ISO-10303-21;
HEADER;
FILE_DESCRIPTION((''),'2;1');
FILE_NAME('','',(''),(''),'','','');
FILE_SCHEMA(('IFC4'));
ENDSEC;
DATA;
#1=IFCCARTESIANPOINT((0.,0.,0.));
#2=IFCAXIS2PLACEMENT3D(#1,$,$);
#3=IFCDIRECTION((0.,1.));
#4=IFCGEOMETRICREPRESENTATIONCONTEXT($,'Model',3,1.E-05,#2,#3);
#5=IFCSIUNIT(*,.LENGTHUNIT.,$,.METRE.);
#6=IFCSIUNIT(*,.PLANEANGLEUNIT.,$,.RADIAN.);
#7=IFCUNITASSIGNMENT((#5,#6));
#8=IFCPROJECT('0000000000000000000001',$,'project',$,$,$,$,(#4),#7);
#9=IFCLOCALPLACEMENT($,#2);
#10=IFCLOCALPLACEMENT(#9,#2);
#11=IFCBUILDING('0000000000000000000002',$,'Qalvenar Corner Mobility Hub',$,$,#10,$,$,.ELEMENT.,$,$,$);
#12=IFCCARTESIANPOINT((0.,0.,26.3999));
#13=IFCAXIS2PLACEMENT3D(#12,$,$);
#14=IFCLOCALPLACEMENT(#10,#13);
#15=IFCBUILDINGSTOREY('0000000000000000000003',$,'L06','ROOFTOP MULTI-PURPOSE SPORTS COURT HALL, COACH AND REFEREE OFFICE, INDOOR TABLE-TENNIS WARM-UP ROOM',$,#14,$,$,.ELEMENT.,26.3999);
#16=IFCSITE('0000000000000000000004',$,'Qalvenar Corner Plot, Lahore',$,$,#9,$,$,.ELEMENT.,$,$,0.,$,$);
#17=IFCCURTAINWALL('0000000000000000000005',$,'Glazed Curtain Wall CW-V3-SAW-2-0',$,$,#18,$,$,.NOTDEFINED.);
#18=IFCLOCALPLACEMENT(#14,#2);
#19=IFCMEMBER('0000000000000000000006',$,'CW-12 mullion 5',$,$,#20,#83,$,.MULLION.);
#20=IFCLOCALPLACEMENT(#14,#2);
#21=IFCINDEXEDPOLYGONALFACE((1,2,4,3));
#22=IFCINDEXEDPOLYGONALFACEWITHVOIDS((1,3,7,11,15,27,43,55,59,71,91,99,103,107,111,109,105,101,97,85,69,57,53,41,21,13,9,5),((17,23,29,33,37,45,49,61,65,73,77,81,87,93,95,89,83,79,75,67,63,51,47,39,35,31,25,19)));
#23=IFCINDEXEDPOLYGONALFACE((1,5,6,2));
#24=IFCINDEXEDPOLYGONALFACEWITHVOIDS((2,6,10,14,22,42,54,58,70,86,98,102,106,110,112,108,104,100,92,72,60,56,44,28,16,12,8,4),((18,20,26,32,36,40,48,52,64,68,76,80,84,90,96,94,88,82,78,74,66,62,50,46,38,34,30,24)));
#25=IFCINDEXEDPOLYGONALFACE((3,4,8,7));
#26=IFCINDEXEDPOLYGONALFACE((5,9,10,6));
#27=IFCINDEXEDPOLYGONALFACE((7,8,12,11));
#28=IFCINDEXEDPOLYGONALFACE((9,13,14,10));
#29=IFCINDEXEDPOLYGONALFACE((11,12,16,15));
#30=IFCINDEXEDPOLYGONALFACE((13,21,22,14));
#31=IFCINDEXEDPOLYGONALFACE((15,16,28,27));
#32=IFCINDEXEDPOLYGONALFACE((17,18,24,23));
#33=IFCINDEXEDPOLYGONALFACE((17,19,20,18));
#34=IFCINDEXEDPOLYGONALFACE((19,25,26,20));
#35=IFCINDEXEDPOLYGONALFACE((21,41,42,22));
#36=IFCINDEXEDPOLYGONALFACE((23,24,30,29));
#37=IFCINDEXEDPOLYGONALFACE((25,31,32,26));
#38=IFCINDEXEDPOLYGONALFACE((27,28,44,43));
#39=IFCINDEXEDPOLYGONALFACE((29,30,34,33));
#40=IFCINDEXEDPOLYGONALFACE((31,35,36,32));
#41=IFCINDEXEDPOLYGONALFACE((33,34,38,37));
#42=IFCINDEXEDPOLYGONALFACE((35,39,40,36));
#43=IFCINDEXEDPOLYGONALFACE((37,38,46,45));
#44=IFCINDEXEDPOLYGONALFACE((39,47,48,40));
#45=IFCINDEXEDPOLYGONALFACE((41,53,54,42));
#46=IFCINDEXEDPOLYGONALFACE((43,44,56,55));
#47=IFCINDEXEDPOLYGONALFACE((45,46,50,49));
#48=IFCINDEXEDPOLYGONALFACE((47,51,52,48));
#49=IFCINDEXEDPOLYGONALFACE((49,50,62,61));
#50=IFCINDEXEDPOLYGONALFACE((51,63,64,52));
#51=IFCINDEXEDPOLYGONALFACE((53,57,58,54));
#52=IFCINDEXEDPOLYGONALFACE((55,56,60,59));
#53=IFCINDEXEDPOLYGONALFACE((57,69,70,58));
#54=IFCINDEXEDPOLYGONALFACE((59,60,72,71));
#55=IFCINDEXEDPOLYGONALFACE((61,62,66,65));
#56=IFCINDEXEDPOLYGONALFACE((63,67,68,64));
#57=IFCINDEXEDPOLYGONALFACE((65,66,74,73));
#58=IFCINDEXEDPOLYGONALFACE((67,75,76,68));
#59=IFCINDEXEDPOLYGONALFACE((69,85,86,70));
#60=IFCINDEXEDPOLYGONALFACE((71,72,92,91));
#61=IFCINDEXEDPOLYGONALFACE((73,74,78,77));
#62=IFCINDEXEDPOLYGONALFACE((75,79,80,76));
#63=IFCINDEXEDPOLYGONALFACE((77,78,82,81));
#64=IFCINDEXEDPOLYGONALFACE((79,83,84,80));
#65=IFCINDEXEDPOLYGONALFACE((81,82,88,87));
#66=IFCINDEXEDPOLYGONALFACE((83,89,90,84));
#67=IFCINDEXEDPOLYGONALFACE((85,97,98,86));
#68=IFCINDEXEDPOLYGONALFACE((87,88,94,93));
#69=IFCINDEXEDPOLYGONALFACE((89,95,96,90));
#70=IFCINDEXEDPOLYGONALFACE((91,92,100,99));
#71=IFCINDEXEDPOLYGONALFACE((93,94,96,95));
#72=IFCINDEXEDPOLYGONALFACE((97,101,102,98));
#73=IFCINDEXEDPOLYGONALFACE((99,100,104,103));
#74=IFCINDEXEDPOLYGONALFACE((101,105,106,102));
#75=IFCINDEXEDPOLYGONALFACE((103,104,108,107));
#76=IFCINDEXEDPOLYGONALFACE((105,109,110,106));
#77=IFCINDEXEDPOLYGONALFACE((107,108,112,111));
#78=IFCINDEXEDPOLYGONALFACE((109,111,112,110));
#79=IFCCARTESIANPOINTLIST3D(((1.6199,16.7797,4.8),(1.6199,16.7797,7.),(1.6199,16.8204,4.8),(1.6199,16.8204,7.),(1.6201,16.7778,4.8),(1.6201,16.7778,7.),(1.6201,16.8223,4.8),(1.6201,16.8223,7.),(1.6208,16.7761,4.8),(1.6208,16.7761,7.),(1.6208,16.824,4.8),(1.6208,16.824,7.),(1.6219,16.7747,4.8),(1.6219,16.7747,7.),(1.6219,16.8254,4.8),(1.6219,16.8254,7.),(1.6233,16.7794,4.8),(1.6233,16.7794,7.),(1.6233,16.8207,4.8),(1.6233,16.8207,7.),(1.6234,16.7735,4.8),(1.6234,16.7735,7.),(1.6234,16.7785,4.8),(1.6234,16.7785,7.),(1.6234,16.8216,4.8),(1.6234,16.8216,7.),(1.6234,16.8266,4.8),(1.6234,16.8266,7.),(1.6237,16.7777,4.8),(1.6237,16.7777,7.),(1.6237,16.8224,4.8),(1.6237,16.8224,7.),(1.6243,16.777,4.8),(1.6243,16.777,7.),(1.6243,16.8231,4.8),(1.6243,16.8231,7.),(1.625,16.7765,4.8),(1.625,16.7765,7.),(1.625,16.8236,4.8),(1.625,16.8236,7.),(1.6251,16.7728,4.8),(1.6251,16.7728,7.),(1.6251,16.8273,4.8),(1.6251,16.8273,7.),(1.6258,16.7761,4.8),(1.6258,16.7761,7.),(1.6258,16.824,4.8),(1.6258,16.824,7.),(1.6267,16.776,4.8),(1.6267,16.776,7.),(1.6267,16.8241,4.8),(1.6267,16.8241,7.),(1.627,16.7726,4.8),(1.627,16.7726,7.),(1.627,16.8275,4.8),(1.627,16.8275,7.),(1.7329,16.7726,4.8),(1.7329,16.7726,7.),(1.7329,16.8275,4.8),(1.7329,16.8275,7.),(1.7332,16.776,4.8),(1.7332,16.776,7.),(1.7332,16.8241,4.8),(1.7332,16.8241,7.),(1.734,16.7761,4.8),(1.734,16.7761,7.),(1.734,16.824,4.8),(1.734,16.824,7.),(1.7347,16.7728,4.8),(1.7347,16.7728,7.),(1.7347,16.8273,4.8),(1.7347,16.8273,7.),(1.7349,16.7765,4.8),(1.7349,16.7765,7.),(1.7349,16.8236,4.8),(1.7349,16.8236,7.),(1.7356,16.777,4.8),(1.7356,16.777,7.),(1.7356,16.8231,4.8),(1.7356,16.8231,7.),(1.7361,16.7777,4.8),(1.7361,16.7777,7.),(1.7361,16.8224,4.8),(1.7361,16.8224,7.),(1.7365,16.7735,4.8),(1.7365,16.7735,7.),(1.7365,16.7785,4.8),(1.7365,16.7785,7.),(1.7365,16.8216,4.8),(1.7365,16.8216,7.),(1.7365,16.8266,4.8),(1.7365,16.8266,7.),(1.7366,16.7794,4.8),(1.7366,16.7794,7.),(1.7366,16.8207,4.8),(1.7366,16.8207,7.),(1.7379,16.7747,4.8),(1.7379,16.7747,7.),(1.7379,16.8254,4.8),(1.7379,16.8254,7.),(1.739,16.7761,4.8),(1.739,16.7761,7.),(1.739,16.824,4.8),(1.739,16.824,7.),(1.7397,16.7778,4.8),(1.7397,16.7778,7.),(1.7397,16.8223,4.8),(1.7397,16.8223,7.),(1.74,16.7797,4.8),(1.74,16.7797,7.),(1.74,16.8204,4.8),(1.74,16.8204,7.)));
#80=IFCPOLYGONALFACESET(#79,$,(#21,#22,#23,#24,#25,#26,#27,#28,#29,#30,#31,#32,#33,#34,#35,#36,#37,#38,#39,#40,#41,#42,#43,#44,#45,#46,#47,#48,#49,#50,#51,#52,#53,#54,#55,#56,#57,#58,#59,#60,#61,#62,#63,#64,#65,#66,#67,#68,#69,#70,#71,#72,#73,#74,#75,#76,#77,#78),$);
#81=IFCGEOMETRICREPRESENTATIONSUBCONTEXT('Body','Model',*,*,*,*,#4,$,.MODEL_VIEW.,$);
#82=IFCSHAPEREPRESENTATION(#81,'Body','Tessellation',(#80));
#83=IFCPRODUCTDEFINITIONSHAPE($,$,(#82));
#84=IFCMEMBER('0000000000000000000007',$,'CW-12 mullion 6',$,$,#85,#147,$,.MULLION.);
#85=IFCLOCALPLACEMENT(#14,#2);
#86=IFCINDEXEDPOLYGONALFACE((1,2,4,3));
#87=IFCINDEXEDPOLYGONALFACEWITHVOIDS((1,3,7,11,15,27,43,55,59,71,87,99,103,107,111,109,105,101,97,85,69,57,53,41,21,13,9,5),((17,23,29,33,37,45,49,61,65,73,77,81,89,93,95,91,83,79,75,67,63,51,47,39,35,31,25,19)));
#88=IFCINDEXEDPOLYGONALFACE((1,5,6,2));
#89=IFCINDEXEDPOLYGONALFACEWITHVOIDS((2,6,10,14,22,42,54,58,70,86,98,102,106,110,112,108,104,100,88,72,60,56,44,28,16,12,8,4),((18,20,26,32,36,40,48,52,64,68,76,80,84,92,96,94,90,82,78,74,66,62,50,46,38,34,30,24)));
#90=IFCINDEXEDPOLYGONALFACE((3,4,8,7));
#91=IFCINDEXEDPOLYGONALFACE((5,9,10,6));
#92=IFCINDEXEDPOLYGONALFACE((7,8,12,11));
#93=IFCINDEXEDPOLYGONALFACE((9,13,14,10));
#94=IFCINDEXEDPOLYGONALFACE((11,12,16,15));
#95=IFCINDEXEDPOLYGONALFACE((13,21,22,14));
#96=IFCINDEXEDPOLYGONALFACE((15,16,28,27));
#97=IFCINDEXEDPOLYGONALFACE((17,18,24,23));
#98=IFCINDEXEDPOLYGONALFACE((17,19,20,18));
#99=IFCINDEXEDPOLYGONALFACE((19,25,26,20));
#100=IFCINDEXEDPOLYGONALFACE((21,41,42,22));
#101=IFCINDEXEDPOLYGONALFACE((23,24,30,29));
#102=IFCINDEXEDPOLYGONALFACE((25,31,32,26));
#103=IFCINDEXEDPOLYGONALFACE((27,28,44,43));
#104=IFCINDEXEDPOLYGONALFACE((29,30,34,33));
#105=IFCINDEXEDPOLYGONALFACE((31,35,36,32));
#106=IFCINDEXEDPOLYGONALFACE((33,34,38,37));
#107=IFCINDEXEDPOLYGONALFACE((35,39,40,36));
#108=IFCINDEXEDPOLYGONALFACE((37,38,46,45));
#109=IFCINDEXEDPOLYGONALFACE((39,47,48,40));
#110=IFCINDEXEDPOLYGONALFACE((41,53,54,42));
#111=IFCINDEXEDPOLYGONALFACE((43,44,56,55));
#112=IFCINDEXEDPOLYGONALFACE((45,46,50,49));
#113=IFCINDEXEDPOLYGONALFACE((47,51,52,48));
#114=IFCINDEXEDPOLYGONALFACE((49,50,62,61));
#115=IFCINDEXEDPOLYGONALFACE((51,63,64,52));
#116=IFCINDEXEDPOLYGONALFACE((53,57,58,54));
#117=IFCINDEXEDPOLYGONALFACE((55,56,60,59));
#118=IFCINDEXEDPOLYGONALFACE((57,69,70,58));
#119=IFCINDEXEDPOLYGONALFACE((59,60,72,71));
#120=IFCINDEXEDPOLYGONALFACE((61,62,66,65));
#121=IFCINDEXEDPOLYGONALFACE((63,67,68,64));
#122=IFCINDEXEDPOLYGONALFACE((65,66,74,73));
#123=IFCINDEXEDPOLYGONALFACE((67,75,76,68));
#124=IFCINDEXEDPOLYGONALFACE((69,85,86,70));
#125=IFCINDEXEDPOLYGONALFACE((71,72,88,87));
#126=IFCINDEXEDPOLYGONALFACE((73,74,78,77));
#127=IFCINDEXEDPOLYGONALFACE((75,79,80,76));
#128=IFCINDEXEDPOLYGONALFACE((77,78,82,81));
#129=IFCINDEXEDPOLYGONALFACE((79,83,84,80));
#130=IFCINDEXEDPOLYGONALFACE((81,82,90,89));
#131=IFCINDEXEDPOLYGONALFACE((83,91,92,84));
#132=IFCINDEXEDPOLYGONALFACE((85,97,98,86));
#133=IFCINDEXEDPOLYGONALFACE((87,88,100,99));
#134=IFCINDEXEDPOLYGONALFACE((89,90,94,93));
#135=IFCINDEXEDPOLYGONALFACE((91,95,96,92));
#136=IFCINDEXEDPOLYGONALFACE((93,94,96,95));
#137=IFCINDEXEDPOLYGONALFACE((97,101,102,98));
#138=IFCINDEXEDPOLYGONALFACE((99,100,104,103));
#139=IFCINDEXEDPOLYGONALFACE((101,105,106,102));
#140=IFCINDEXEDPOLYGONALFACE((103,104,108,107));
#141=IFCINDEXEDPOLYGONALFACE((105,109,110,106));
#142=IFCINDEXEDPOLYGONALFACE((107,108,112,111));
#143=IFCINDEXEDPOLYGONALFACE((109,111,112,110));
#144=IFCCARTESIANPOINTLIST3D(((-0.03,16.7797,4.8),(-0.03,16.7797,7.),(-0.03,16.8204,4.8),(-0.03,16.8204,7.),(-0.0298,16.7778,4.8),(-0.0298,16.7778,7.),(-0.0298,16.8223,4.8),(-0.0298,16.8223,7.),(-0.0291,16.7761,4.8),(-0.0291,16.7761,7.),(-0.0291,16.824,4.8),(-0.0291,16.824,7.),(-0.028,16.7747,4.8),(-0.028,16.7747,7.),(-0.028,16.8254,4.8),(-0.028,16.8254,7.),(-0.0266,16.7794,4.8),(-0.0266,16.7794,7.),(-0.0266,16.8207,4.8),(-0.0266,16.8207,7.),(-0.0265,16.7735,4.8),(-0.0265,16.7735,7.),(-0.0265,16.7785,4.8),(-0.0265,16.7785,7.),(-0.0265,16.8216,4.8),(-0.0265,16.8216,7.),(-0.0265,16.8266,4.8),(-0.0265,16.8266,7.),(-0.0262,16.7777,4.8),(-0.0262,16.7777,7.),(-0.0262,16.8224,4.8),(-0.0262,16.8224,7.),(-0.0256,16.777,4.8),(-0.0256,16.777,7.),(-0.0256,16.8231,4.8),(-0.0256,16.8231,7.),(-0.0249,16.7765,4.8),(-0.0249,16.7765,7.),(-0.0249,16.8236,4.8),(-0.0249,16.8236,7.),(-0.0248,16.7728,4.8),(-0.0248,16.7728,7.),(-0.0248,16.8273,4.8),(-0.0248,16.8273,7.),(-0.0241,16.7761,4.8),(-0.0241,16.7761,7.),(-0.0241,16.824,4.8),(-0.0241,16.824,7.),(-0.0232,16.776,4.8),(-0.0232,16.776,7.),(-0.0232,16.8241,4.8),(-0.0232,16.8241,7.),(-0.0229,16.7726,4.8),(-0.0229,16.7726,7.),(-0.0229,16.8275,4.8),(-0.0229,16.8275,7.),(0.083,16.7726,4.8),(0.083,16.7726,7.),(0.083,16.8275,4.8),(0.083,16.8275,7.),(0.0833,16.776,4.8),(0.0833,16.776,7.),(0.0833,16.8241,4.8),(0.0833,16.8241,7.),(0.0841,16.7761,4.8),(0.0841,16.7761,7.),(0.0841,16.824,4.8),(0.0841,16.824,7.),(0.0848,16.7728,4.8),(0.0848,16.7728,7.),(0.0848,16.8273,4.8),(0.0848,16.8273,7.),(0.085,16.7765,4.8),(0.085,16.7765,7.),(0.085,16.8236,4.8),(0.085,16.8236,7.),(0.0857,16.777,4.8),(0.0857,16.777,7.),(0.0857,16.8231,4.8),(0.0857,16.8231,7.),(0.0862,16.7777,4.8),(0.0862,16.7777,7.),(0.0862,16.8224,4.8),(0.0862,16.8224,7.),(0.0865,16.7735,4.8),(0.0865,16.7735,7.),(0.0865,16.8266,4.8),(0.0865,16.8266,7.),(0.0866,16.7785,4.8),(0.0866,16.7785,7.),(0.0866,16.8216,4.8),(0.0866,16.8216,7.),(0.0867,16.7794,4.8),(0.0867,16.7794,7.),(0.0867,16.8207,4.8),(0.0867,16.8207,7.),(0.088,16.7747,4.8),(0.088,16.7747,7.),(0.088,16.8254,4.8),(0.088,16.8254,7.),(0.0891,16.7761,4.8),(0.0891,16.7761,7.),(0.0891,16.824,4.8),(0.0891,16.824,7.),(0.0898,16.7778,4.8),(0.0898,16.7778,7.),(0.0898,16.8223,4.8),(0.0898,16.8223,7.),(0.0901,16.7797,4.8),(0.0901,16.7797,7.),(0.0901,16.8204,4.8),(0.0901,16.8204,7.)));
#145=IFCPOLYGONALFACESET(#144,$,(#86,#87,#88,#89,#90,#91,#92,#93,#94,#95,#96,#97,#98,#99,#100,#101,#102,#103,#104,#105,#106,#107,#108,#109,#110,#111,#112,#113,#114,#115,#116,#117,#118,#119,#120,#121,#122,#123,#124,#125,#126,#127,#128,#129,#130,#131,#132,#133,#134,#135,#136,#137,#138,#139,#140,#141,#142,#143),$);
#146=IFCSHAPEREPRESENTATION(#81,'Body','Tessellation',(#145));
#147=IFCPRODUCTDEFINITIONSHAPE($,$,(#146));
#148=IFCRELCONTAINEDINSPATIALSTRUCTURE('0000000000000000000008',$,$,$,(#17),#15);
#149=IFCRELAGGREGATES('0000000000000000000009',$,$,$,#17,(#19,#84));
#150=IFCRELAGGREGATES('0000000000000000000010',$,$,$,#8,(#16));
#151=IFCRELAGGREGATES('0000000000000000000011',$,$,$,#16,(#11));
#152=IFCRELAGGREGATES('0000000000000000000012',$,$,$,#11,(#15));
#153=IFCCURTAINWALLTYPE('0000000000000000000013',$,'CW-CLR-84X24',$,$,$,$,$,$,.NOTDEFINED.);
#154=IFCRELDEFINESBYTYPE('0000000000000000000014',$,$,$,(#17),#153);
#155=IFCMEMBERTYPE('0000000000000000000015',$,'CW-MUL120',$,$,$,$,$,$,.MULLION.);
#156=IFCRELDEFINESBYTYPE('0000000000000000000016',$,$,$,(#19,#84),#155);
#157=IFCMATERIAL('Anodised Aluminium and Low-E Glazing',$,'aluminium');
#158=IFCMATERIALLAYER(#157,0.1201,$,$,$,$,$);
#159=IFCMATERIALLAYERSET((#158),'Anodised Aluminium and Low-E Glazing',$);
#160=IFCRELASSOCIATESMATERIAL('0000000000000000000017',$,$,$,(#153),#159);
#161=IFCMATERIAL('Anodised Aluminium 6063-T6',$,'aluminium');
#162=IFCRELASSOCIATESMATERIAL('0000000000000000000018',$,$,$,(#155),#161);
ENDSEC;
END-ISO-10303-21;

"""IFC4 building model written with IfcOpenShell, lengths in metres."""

from ifc_helpers import new_model, si_unit, direction, frame, origin, origin_2d, place, context, subcontext, project, spatial, hollow_rectangle, extrude, material, layer, layer_set, material_profile, profile_set, type_object, element, aggregate, save


model = new_model("IFC4")

# Units and contexts
model_context = context("Model", 3, precision=1e-05, world=origin(), true_north=direction((0.0, 1.0)))
body_context = subcontext(model_context, "Body", "Model", "MODEL_VIEW")
ifc_project = project(units=[si_unit("LENGTHUNIT", "METRE"), si_unit("PLANEANGLEUNIT", "RADIAN")], contexts=[model_context])

# Site, building, storey
site_placement = place(None, origin())
site = spatial("IfcSite", under=ifc_project, at=site_placement, Name="Qalvenar Corner Plot, Lahore", CompositionType="ELEMENT", RefElevation=0.0)
building_placement = place(site_placement, origin())
building = spatial("IfcBuilding", under=site, at=building_placement, Name="Qalvenar Corner Mobility Hub", CompositionType="ELEMENT")
storey_placement = place(building_placement, frame((0.0, 0.0, 26.3999)))
storey = spatial("IfcBuildingStorey", under=building, at=storey_placement, Name="L06", Description="ROOFTOP MULTI-PURPOSE SPORTS COURT HALL, COACH AND REFEREE OFFICE, INDOOR TABLE-TENNIS WARM-UP ROOM", CompositionType="ELEMENT", Elevation=26.3999)

# Curtain wall, members
ifc_material_1 = material(Name="Anodised Aluminium and Low-E Glazing", Category="aluminium")
ifc_layer_1 = layer(ifc_material_1, 0.1201)
ifc_layer_set_1 = layer_set([ifc_layer_1], Name="Anodised Aluminium and Low-E Glazing")
curtain_wall_type_1 = type_object("IfcCurtainWallType", Name="CW-CLR-84X24", PredefinedType="NOTDEFINED", material=ifc_layer_set_1)
curtain_wall_1_placement = place(storey_placement, origin())
curtain_wall_1 = element("IfcCurtainWall", 1, at=curtain_wall_1_placement, inside=storey, type_object=curtain_wall_type_1, Name="Glazed Curtain Wall CW-V3-SAW-2-0", PredefinedType="NOTDEFINED")
ifc_material_2 = material(Name="Anodised Aluminium 6063-T6", Category="aluminium")
ifc_material_profile_1 = material_profile(ifc_material_2, hollow_rectangle(XDim=0.0549, YDim=0.1201, WallThickness=0.0034, InnerFilletRadius=0.0034, OuterFilletRadius=0.0071, at=origin_2d()), Name="RHS120x55x3.5")
ifc_profile_set_1 = profile_set([ifc_material_profile_1], Name="Anodised Aluminium 6063-T6")
member_type_1 = type_object("IfcMemberType", Name="CW-MUL120", PredefinedType="MULLION", material=ifc_profile_set_1)
member_1_placement = place(storey_placement, frame((1.6799, 16.8, 4.8), z_axis=(0.0, 0.0, 1.0), x_axis=(0.0, -1.0, 0.0)))
member_1 = element("IfcMember", 2, at=member_1_placement, type_object=member_type_1, Name="CW-12 mullion 5", PredefinedType="MULLION", context=body_context, shape_type="SweptSolid", body=[
    extrude(hollow_rectangle(XDim=0.0549, YDim=0.1201, WallThickness=0.0034, InnerFilletRadius=0.0034, OuterFilletRadius=0.0071, at=origin_2d()), origin(), (0.0, 0.0, 1.0), 2.2),
])
member_2_placement = place(storey_placement, frame((0.03, 16.8, 4.8), z_axis=(0.0, 0.0, 1.0), x_axis=(0.0, -1.0, 0.0)))
member_2 = element("IfcMember", 3, at=member_2_placement, type_object=member_type_1, Name="CW-12 mullion 6", PredefinedType="MULLION", context=body_context, shape_type="SweptSolid", body=[
    extrude(hollow_rectangle(XDim=0.0549, YDim=0.1201, WallThickness=0.0034, InnerFilletRadius=0.0034, OuterFilletRadius=0.0071, at=origin_2d()), origin(), (0.0, 0.0, 1.0), 2.2),
])

aggregate(curtain_wall_1, [member_1, member_2])

save(model, "model.ifc")
